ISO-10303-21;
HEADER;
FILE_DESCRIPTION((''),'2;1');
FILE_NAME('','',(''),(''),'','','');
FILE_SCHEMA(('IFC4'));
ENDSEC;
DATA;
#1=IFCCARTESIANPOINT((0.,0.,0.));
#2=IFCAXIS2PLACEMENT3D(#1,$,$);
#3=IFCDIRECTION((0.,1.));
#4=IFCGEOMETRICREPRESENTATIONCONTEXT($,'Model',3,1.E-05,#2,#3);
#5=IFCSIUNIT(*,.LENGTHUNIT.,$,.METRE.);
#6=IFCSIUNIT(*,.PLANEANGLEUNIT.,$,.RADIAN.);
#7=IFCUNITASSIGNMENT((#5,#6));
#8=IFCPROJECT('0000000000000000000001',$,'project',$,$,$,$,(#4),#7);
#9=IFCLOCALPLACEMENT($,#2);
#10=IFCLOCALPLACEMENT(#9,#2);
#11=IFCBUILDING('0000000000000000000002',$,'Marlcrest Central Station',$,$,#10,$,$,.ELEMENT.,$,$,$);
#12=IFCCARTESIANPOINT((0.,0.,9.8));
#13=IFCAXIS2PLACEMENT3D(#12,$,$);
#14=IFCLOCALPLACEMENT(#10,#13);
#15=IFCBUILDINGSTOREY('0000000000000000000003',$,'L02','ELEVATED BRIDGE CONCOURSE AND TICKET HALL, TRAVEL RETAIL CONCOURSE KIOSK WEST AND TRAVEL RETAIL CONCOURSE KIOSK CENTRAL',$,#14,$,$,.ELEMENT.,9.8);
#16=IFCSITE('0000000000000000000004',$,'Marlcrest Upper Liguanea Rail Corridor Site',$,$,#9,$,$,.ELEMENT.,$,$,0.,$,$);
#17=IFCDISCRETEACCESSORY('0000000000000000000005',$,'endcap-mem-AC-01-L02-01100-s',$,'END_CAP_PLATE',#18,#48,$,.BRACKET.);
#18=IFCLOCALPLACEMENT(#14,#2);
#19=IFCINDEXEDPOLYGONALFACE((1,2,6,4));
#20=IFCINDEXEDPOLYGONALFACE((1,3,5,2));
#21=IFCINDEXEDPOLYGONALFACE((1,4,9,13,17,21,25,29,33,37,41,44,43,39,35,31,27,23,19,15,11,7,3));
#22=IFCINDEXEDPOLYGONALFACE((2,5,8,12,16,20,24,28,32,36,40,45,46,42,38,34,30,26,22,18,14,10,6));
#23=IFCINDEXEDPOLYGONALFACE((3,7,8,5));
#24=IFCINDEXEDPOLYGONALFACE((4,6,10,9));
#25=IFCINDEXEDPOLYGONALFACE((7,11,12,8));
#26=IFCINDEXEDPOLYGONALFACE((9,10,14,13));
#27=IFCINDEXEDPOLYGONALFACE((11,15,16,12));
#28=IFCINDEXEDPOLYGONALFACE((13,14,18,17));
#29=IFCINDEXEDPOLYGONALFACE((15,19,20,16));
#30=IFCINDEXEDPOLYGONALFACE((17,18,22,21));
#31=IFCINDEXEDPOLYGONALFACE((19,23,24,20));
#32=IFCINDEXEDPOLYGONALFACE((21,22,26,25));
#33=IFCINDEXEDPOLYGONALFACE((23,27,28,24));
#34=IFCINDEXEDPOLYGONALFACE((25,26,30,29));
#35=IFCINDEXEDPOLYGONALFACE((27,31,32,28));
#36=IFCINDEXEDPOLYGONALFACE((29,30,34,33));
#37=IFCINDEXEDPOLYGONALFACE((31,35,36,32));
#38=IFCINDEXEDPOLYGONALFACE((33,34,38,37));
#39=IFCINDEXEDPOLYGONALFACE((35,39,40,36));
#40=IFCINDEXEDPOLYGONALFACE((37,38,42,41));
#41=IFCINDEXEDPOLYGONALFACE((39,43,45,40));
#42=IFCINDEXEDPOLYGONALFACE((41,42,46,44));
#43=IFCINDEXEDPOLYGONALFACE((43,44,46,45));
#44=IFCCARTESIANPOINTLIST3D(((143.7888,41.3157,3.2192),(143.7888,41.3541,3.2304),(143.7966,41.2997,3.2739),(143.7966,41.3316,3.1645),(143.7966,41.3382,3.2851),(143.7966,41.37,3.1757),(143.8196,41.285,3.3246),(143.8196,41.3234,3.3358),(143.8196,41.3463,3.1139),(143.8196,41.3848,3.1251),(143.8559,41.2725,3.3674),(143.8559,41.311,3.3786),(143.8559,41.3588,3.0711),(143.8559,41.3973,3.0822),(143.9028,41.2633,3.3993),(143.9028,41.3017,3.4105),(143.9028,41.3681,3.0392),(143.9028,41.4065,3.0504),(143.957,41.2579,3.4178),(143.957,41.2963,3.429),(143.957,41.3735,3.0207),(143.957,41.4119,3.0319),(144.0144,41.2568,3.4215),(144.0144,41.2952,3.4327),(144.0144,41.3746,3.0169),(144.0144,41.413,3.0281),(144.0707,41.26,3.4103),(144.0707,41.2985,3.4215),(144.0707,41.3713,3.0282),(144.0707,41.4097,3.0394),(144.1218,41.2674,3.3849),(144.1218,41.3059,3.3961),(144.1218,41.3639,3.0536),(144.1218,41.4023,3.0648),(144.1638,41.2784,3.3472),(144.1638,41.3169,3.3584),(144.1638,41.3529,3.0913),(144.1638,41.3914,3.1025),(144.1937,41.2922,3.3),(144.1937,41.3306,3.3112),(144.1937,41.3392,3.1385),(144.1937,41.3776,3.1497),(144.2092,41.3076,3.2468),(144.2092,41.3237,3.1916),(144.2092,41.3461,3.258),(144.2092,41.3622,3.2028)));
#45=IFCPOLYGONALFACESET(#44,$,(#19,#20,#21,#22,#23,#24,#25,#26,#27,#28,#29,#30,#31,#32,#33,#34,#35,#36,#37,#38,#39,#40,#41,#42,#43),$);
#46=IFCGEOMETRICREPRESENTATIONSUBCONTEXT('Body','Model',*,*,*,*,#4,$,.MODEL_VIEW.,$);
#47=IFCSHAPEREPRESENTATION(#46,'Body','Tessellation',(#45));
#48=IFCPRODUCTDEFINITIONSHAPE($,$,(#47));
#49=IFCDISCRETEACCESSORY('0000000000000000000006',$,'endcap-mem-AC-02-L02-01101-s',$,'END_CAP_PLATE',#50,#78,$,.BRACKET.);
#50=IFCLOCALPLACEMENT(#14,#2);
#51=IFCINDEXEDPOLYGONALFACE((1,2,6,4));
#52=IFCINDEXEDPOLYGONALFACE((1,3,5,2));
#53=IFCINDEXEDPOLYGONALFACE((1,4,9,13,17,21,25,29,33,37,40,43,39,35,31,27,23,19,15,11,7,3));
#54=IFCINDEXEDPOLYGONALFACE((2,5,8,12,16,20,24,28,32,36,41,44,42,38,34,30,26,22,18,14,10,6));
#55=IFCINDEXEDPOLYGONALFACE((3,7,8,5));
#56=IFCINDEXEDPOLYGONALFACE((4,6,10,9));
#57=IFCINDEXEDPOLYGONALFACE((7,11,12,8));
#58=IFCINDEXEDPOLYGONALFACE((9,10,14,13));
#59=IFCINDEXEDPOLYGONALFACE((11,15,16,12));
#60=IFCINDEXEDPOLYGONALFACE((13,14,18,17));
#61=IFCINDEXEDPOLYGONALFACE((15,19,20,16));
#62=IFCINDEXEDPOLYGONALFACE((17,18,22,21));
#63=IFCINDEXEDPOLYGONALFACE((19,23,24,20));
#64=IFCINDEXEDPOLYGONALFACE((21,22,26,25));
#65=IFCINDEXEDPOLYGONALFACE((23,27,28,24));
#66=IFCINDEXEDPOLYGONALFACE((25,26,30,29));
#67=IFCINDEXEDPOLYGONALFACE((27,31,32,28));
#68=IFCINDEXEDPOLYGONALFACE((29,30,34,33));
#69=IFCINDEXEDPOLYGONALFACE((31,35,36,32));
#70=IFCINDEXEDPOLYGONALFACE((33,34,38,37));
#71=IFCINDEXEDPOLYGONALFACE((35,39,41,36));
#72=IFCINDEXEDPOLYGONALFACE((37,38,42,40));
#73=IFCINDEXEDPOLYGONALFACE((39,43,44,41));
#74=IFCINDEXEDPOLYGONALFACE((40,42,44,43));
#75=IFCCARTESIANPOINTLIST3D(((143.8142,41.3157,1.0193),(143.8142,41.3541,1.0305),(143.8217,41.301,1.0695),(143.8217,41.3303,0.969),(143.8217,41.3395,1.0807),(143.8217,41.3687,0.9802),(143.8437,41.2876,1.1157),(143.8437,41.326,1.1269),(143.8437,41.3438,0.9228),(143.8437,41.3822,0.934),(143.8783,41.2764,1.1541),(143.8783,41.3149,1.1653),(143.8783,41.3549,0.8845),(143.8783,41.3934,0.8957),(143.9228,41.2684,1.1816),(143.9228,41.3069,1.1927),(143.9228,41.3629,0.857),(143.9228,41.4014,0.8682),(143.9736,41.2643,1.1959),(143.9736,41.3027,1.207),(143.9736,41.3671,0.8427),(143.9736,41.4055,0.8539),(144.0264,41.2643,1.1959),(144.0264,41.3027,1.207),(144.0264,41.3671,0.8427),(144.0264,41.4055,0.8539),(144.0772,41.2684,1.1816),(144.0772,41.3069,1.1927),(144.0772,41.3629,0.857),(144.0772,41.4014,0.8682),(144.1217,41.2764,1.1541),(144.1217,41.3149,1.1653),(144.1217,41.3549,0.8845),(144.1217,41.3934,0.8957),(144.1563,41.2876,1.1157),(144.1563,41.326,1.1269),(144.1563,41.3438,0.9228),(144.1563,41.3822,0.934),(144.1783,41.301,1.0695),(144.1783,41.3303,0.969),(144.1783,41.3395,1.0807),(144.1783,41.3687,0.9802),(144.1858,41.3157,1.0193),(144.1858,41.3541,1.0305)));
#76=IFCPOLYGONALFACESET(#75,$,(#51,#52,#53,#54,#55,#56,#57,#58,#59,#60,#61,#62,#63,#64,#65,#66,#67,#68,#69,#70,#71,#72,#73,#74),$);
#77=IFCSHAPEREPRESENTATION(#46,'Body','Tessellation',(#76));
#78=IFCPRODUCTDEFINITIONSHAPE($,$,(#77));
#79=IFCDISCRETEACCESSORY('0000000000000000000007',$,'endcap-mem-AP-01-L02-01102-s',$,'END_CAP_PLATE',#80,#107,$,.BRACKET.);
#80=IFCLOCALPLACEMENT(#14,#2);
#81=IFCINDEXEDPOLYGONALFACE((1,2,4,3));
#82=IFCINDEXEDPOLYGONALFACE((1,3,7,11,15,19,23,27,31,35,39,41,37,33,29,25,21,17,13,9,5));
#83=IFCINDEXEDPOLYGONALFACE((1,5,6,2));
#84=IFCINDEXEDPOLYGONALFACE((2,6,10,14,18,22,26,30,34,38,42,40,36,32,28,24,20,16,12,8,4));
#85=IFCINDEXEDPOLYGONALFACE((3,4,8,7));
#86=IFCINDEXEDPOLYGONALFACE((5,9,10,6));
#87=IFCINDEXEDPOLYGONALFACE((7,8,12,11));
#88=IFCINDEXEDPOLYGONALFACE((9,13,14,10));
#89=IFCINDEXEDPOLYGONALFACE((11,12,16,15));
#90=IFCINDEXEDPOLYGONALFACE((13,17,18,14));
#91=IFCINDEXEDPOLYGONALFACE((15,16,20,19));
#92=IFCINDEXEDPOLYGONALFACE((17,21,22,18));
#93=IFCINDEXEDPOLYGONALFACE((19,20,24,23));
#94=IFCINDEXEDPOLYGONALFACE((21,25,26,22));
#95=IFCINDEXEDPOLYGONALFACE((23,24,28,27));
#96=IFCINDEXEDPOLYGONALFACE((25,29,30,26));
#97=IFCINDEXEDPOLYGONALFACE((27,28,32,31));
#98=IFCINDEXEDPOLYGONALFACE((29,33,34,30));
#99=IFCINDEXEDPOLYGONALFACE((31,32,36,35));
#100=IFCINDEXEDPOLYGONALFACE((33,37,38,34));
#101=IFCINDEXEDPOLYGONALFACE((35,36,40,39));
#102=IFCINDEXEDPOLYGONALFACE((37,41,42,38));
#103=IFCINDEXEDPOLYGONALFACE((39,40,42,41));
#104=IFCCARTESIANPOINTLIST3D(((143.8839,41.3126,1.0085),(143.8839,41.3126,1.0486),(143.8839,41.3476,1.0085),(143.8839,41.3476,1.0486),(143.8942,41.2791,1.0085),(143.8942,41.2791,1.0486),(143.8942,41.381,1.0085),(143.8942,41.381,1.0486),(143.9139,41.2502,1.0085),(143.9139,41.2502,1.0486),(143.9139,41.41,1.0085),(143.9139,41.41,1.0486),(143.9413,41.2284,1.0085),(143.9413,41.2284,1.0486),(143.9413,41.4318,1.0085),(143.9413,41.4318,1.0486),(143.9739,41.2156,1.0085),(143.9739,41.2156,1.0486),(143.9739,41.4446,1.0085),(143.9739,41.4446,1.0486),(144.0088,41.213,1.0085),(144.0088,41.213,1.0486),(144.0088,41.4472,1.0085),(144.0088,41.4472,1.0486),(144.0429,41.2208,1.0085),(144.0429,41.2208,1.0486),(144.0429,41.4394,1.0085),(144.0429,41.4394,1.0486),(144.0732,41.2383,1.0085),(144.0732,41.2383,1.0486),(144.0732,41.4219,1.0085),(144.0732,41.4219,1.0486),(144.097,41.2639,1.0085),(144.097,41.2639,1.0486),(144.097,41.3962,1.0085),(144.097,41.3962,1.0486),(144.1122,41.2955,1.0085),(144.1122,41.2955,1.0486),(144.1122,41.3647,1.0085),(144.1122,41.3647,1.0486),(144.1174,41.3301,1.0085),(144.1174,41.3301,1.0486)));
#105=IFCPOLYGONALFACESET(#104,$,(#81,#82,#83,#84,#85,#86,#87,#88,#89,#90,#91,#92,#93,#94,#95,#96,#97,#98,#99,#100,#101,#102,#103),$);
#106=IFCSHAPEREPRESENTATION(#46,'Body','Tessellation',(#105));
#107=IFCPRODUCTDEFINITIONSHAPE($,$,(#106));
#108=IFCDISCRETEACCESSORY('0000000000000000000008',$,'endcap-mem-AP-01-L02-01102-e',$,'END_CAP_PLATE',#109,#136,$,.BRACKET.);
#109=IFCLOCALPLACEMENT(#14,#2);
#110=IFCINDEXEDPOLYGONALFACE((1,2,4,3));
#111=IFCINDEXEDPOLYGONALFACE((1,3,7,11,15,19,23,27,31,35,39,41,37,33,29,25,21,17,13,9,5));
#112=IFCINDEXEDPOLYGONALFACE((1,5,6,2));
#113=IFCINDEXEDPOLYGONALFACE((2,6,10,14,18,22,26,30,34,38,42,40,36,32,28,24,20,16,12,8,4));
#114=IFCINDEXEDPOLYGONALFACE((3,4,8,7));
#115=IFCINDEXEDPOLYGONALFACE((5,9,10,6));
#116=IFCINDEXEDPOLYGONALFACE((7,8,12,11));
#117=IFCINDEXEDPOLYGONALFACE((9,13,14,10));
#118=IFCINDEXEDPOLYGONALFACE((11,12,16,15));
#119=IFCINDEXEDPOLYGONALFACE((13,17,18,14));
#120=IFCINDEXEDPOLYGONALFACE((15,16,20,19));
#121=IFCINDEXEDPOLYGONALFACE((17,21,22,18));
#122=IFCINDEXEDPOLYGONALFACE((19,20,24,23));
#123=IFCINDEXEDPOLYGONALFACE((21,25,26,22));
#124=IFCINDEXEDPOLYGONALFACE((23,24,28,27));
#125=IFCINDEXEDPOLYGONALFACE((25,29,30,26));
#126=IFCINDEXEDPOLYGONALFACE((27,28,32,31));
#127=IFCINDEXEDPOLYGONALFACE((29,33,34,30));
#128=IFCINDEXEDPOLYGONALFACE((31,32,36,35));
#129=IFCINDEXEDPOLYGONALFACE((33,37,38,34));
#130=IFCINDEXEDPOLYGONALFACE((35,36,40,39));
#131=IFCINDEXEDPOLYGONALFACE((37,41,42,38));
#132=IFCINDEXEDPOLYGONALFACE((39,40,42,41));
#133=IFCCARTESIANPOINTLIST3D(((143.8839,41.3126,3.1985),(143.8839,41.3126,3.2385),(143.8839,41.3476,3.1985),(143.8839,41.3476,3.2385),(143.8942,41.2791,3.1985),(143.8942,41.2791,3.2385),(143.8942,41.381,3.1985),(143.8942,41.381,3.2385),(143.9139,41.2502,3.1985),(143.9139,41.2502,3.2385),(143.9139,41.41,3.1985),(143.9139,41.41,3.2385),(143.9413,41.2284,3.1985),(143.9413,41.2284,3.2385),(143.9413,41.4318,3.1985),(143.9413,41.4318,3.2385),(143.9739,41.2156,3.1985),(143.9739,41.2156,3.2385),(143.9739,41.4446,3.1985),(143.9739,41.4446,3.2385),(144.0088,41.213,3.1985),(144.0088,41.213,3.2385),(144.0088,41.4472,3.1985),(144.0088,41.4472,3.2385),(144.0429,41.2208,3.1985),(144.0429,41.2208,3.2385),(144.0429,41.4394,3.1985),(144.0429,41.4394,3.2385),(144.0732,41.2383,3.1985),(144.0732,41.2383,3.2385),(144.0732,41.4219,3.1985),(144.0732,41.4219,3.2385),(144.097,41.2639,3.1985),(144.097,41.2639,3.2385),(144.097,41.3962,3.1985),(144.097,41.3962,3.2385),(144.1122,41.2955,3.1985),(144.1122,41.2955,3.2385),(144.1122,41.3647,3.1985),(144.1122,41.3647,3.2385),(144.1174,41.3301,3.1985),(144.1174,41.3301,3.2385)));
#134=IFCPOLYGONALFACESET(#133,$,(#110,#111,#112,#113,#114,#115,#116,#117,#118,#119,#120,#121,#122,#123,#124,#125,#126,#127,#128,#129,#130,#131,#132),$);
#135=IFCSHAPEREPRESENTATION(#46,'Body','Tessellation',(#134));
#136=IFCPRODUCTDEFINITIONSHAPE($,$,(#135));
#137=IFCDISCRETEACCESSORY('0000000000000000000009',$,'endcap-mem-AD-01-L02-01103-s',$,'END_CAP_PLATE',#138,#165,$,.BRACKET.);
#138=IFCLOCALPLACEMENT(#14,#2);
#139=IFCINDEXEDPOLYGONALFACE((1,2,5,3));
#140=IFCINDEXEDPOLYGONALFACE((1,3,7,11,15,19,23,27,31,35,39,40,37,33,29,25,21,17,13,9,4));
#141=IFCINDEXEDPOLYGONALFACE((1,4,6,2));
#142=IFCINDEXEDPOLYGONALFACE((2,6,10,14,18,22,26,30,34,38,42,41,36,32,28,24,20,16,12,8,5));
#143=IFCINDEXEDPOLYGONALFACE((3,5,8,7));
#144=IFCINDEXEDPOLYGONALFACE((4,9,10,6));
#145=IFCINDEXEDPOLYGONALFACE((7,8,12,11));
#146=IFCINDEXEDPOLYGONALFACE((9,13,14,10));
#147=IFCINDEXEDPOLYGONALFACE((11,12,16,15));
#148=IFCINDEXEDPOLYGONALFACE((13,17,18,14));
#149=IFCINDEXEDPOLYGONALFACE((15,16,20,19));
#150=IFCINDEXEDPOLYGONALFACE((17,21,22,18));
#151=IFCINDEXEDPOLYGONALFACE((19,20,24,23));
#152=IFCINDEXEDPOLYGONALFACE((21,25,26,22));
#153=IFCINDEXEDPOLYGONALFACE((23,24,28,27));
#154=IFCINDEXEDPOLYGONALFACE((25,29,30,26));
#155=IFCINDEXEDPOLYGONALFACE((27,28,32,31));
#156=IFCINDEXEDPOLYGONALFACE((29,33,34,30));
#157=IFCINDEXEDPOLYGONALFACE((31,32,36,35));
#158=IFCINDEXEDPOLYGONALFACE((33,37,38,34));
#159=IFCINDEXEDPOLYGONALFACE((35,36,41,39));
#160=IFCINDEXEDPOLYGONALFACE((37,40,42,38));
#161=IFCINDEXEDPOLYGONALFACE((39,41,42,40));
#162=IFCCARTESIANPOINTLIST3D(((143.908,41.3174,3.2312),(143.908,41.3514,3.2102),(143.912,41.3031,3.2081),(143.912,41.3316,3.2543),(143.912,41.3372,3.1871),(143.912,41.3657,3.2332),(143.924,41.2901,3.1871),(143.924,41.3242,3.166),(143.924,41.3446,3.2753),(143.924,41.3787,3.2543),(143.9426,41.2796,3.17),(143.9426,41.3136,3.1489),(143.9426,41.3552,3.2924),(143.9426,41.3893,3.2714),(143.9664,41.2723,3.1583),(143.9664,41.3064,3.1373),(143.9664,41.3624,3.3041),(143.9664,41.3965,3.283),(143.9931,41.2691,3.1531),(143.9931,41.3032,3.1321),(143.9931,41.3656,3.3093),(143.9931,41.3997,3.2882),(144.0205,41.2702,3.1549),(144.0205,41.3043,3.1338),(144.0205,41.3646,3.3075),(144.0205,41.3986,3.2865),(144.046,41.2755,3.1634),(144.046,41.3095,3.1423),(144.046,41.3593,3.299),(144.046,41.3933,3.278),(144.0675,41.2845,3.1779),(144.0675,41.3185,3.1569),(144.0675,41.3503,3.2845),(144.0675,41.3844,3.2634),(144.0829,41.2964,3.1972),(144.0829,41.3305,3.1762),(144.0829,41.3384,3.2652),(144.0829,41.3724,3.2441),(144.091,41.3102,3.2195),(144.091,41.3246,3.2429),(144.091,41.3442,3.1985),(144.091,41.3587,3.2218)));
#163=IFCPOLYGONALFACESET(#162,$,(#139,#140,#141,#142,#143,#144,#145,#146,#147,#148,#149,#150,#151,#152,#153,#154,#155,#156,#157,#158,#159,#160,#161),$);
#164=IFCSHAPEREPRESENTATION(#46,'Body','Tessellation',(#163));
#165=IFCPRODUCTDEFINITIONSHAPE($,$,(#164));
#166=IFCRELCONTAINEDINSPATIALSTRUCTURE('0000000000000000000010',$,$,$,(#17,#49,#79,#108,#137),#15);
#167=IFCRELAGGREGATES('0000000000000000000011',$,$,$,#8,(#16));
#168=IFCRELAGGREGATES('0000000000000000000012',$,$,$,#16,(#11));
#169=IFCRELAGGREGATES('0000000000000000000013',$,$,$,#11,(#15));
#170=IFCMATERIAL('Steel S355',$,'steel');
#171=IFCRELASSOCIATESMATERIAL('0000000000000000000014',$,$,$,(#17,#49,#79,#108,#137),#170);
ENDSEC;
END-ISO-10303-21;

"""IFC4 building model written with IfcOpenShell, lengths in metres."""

from ifc_helpers import new_model, si_unit, direction, frame, origin, origin_2d, place, context, subcontext, project, spatial, circle, extrude, material, element, save


model = new_model("IFC4")

# Units and contexts
model_context = context("Model", 3, precision=1e-05, world=origin(), true_north=direction((0.0, 1.0)))
body_context = subcontext(model_context, "Body", "Model", "MODEL_VIEW")
ifc_project = project(units=[si_unit("LENGTHUNIT", "METRE"), si_unit("PLANEANGLEUNIT", "RADIAN")], contexts=[model_context])

# Site, building, storey
site_placement = place(None, origin())
site = spatial("IfcSite", under=ifc_project, at=site_placement, Name="Marlcrest Upper Liguanea Rail Corridor Site", CompositionType="ELEMENT", RefElevation=0.0)
building_placement = place(site_placement, origin())
building = spatial("IfcBuilding", under=site, at=building_placement, Name="Marlcrest Central Station", CompositionType="ELEMENT")
storey_placement = place(building_placement, frame((0.0, 0.0, 9.8)))
storey = spatial("IfcBuildingStorey", under=building, at=storey_placement, Name="L02", Description="ELEVATED BRIDGE CONCOURSE AND TICKET HALL, TRAVEL RETAIL CONCOURSE KIOSK WEST AND TRAVEL RETAIL CONCOURSE KIOSK CENTRAL", CompositionType="ELEMENT", Elevation=9.8)

# Shared definitions
ifc_material_1 = material(Name="Steel S355", Category="steel")

# Discrete accessories
discrete_accessory_1_placement = place(storey_placement, frame((144.0, 41.3157, 3.2192), z_axis=(0.0, 0.96013, 0.279554), x_axis=(-1.0, 0.0, 0.0)))
element("IfcDiscreteAccessory", 1, at=discrete_accessory_1_placement, inside=storey, material=ifc_material_1, Name="endcap-mem-AC-01-L02-01100-s", ObjectType="END_CAP_PLATE", PredefinedType="BRACKET", context=body_context, shape_type="SweptSolid", body=[
    extrude(circle(Radius=0.2112, at=origin_2d()), origin(), (0.0, 0.0, 1.0), 0.04),
])
discrete_accessory_2_placement = place(storey_placement, frame((144.0, 41.3157, 1.0193), z_axis=(0.0, 0.96013, 0.279554), x_axis=(-1.0, 0.0, 0.0)))
element("IfcDiscreteAccessory", 2, at=discrete_accessory_2_placement, inside=storey, material=ifc_material_1, Name="endcap-mem-AC-02-L02-01101-s", ObjectType="END_CAP_PLATE", PredefinedType="BRACKET", context=body_context, shape_type="SweptSolid", body=[
    extrude(circle(Radius=0.1858, at=origin_2d()), origin(), (0.0, 0.0, 1.0), 0.04),
])
for number, where, z_axis, x_axis, name in (
    (3, (144.0, 41.3301, 1.0085), (0.0, 0.0, 1.0), (1.0, 0.0, 0.0), "endcap-mem-AP-01-L02-01102-s"),
    (4, (144.0, 41.3301, 3.1985), (0.0, 0.0, 1.0), (1.0, 0.0, 0.0), "endcap-mem-AP-01-L02-01102-e"),
):
    element("IfcDiscreteAccessory", number, at=place(storey_placement, frame(where, z_axis=z_axis, x_axis=x_axis)), inside=storey, material=ifc_material_1, Name=name, ObjectType="END_CAP_PLATE", PredefinedType="BRACKET", context=body_context, shape_type="SweptSolid", body=[
        extrude(circle(Radius=0.1174, at=origin_2d()), origin(), (0.0, 0.0, 1.0), 0.04),
    ])
discrete_accessory_3_placement = place(storey_placement, frame((144.0, 41.3174, 3.2312), z_axis=(0.0, 0.850687, -0.525672), x_axis=(-1.0, 0.0, 0.0)))
element("IfcDiscreteAccessory", 5, at=discrete_accessory_3_placement, inside=storey, material=ifc_material_1, Name="endcap-mem-AD-01-L02-01103-s", ObjectType="END_CAP_PLATE", PredefinedType="BRACKET", context=body_context, shape_type="SweptSolid", body=[
    extrude(circle(Radius=0.092, at=origin_2d()), origin(), (0.0, 0.0, 1.0), 0.04),
])

save(model, "model.ifc")
